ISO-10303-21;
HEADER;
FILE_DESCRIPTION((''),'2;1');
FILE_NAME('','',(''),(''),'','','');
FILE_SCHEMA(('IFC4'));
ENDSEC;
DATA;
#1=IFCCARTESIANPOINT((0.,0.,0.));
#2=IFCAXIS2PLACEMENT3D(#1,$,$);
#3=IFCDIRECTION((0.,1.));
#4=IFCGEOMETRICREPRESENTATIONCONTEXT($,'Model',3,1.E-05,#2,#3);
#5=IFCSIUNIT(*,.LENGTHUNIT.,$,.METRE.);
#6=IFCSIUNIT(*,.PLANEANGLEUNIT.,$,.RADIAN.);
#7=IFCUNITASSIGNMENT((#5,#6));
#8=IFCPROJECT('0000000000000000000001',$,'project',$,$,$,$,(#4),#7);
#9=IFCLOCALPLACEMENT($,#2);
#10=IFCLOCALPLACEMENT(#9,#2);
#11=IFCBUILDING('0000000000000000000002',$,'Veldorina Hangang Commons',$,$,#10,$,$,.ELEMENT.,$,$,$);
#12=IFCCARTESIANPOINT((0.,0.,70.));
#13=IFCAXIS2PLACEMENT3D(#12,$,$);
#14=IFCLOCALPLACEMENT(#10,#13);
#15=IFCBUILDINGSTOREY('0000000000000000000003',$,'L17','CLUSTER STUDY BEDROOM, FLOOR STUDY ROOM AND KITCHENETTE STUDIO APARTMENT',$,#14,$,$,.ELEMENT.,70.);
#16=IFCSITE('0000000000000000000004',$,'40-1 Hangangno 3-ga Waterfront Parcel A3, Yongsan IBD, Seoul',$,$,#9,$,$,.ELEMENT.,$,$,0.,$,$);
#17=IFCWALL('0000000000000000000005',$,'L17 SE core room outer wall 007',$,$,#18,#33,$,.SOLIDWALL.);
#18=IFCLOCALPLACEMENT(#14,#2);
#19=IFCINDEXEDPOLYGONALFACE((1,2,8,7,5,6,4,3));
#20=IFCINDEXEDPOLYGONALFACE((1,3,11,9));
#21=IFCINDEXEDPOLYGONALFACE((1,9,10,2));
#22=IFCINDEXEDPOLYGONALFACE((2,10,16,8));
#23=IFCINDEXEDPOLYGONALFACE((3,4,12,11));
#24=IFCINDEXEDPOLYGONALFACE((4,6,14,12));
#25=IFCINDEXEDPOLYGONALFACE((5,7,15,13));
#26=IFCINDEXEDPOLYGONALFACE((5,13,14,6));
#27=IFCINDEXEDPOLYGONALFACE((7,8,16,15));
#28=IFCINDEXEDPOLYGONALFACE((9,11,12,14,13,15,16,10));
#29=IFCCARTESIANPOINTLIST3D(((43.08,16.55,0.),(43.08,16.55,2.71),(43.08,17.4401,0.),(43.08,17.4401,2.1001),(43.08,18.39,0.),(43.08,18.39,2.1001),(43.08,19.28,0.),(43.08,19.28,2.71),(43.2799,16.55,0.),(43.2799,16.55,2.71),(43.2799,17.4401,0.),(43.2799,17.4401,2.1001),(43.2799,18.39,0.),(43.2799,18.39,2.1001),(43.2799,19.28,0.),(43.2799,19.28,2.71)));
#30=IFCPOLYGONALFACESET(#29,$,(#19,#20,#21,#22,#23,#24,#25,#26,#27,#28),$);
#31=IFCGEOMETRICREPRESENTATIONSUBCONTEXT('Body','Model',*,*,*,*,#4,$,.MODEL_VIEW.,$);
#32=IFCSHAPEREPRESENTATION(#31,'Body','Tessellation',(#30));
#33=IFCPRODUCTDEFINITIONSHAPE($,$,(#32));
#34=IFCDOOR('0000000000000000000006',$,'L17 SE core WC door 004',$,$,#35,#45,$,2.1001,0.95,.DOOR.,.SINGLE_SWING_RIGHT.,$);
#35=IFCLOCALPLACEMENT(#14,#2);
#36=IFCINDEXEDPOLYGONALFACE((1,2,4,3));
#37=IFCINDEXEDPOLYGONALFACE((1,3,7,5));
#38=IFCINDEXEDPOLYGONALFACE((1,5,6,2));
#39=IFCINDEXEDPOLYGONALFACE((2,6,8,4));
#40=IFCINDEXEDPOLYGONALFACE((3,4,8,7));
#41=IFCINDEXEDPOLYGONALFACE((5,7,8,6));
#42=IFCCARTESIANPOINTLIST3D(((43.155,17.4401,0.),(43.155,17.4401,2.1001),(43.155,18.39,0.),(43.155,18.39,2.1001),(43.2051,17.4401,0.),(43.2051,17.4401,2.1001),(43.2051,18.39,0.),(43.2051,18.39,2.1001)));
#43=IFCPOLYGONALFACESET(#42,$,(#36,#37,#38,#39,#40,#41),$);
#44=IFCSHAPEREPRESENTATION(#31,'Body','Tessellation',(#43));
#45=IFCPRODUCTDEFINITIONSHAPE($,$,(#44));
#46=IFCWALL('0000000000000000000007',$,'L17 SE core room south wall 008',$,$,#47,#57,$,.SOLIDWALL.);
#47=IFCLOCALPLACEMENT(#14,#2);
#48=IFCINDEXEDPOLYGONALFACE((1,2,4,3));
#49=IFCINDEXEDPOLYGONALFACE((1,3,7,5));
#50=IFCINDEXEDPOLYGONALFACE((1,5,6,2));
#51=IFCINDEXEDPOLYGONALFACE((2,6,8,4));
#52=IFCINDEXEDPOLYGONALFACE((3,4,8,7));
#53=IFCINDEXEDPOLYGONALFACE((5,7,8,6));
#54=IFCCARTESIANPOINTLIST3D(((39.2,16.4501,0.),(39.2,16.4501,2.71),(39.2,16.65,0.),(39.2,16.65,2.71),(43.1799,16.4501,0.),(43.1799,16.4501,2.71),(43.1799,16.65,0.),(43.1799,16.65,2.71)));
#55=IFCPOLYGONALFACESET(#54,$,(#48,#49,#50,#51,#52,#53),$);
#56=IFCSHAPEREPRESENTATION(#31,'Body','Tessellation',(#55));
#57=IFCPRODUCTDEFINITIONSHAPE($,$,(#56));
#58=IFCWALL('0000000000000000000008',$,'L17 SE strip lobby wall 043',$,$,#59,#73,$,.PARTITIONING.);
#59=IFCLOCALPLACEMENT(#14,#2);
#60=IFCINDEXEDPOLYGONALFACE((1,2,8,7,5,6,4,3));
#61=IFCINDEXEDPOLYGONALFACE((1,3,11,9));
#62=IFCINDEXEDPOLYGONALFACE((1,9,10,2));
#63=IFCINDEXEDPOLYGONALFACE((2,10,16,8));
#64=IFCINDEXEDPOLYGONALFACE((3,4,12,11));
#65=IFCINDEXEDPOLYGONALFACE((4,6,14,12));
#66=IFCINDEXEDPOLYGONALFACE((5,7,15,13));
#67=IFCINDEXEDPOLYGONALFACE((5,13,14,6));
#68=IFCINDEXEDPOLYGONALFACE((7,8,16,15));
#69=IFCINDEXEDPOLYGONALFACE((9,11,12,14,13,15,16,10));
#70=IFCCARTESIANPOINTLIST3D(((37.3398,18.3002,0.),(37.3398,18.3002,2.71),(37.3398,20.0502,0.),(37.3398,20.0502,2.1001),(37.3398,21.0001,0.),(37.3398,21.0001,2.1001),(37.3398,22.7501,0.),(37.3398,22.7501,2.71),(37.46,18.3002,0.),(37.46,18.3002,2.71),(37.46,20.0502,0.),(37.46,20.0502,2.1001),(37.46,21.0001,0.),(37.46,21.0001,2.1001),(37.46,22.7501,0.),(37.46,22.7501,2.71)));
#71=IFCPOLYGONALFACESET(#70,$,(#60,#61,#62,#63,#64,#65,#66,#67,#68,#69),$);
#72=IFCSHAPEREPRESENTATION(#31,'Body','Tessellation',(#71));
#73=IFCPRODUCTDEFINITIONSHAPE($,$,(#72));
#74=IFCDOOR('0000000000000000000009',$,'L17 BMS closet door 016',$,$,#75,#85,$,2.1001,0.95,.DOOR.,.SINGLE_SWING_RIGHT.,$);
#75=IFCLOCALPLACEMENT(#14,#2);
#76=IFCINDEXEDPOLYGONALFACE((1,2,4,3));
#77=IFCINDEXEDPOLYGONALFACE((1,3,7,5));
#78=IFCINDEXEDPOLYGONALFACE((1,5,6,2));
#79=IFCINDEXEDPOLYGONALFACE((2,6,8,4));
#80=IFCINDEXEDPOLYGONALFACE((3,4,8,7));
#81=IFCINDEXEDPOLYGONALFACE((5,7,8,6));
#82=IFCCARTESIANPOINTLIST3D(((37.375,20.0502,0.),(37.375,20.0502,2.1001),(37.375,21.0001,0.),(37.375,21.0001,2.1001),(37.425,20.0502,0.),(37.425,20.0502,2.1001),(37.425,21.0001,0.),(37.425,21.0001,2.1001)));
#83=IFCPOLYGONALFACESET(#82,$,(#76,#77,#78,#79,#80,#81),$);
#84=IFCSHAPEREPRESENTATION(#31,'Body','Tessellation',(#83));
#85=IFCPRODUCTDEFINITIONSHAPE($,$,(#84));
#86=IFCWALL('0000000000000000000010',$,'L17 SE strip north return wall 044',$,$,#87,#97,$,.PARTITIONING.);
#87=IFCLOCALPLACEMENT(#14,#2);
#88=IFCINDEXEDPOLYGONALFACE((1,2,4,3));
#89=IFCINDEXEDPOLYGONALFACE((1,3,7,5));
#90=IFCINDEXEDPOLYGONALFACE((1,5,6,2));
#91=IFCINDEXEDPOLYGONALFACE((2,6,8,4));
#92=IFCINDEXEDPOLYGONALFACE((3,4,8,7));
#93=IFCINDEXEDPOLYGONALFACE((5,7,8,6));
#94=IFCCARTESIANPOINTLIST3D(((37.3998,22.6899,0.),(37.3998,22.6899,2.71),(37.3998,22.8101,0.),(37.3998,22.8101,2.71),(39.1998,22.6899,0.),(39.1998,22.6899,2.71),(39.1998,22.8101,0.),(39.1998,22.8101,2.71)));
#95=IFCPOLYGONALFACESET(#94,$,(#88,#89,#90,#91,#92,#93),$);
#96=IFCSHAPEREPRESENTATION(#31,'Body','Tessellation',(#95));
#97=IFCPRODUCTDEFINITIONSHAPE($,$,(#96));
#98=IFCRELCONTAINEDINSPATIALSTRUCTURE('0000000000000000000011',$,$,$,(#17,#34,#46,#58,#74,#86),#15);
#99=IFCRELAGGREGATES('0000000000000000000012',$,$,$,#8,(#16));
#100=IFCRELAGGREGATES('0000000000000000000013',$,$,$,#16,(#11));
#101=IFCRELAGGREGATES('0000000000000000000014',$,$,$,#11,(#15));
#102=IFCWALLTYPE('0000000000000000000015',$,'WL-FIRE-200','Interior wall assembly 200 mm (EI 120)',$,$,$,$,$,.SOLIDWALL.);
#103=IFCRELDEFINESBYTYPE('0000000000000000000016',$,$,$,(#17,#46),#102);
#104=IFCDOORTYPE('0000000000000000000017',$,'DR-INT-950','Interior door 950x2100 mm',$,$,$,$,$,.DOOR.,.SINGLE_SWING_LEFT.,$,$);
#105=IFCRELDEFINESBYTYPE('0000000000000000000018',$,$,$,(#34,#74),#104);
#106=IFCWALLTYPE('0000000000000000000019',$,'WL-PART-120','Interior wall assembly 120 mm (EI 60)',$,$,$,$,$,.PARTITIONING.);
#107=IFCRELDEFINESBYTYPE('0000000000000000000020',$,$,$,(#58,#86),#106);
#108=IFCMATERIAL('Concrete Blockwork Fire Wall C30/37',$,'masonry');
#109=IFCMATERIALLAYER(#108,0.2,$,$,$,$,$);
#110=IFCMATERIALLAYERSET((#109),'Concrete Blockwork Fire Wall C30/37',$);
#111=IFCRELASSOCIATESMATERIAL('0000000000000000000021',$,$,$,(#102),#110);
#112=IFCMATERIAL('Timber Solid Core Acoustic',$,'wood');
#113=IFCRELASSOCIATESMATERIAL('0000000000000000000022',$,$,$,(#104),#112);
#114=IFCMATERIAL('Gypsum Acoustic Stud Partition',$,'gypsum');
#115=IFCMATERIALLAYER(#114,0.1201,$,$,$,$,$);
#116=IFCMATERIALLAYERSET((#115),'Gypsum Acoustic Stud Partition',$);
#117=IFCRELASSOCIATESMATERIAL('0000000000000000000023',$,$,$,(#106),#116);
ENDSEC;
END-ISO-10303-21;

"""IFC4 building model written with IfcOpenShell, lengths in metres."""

from ifc_helpers import new_model, si_unit, direction, frame, frame_2d, origin, place, context, subcontext, project, spatial, rectangle, extrude, material, layer, layer_set, type_object, element, fill, save


model = new_model("IFC4")

# Units and contexts
model_context = context("Model", 3, precision=1e-05, world=origin(), true_north=direction((0.0, 1.0)))
body_context = subcontext(model_context, "Body", "Model", "MODEL_VIEW")
ifc_project = project(units=[si_unit("LENGTHUNIT", "METRE"), si_unit("PLANEANGLEUNIT", "RADIAN")], contexts=[model_context])

# Site, building, storey
site_placement = place(None, origin())
site = spatial("IfcSite", under=ifc_project, at=site_placement, Name="40-1 Hangangno 3-ga Waterfront Parcel A3, Yongsan IBD, Seoul", CompositionType="ELEMENT", RefElevation=0.0)
building_placement = place(site_placement, origin())
building = spatial("IfcBuilding", under=site, at=building_placement, Name="Veldorina Hangang Commons", CompositionType="ELEMENT")
storey_placement = place(building_placement, frame((0.0, 0.0, 70.0)))
storey = spatial("IfcBuildingStorey", under=building, at=storey_placement, Name="L17", Description="CLUSTER STUDY BEDROOM, FLOOR STUDY ROOM AND KITCHENETTE STUDIO APARTMENT", CompositionType="ELEMENT", Elevation=70.0)

# Wall, opening, door
ifc_material_1 = material(Name="Concrete Blockwork Fire Wall C30/37", Category="masonry")
ifc_layer_1 = layer(ifc_material_1, 0.2)
ifc_layer_set_1 = layer_set([ifc_layer_1], Name="Concrete Blockwork Fire Wall C30/37")
wall_type_1 = type_object("IfcWallType", Name="WL-FIRE-200", Description="Interior wall assembly 200 mm (EI 120)", PredefinedType="SOLIDWALL", material=ifc_layer_set_1)
wall_1_placement = place(storey_placement, frame((43.1799, 16.55, 0.0), z_axis=(0.0, 0.0, 1.0), x_axis=(0.0, 1.0, 0.0)))
wall_1 = element("IfcWall", 1, at=wall_1_placement, inside=storey, type_object=wall_type_1, Name="L17 SE core room outer wall 007", PredefinedType="SOLIDWALL", context=body_context, shape_type="SweptSolid", body=[
    extrude(rectangle(XDim=2.73, YDim=0.2, at=frame_2d((1.365, 0.0))), origin(), (0.0, 0.0, 1.0), 2.71),
])
opening_1_placement = place(wall_1_placement, frame((0.8899, 0.0, 0.0)))
opening_1 = element("IfcOpeningElement", 2, at=opening_1_placement, cuts=wall_1, PredefinedType="OPENING", context=body_context, shape_type="SweptSolid", body=[
    extrude(rectangle(XDim=0.95, YDim=2.1001, at=frame_2d((0.4751, 1.05))), frame((0.0, 0.1099, 0.0), z_axis=(0.0, -1.0, 0.0), x_axis=(1.0, 0.0, 0.0)), (0.0, 0.0, 1.0), 0.22),
])
ifc_material_2 = material(Name="Timber Solid Core Acoustic", Category="wood")
door_type_1 = type_object("IfcDoorType", Name="DR-INT-950", Description="Interior door 950x2100 mm", OperationType="SINGLE_SWING_LEFT", PredefinedType="DOOR", material=ifc_material_2)
door_1_placement = place(opening_1_placement, origin())
door_1 = element("IfcDoor", 3, at=door_1_placement, inside=storey, type_object=door_type_1, Name="L17 SE core WC door 004", OperationType="SINGLE_SWING_RIGHT", OverallHeight=2.1001, OverallWidth=0.95, PredefinedType="DOOR", context=body_context, shape_type="SweptSolid", body=[
    extrude(rectangle(XDim=0.95, YDim=2.1001, at=frame_2d((0.4751, 1.05))), frame((0.0, 0.0249, 0.0), z_axis=(0.0, -1.0, 0.0), x_axis=(1.0, 0.0, 0.0)), (0.0, 0.0, 1.0), 0.05),
])
fill(opening_1, door_1)

# Wall
wall_2_placement = place(storey_placement, frame((39.2, 16.55, 0.0), z_axis=(0.0, 0.0, 1.0), x_axis=(1.0, 0.0, 0.0)))
element("IfcWall", 4, at=wall_2_placement, inside=storey, type_object=wall_type_1, Name="L17 SE core room south wall 008", PredefinedType="SOLIDWALL", context=body_context, shape_type="SweptSolid", body=[
    extrude(rectangle(XDim=3.98, YDim=0.2, at=frame_2d((1.99, 0.0))), origin(), (0.0, 0.0, 1.0), 2.71),
])

# Wall, opening, door
ifc_material_3 = material(Name="Gypsum Acoustic Stud Partition", Category="gypsum")
ifc_layer_2 = layer(ifc_material_3, 0.1201)
ifc_layer_set_2 = layer_set([ifc_layer_2], Name="Gypsum Acoustic Stud Partition")
wall_type_2 = type_object("IfcWallType", Name="WL-PART-120", Description="Interior wall assembly 120 mm (EI 60)", PredefinedType="PARTITIONING", material=ifc_layer_set_2)
wall_3_placement = place(storey_placement, frame((37.3999, 18.3, 0.0), z_axis=(0.0, 0.0, 1.0), x_axis=(0.0, 1.0, 0.0)))
wall_3 = element("IfcWall", 5, at=wall_3_placement, inside=storey, type_object=wall_type_2, Name="L17 SE strip lobby wall 043", PredefinedType="PARTITIONING", context=body_context, shape_type="SweptSolid", body=[
    extrude(rectangle(XDim=4.45, YDim=0.1201, at=frame_2d((2.2251, 0.0))), origin(), (0.0, 0.0, 1.0), 2.71),
])
opening_2_placement = place(wall_3_placement, frame((1.75, 0.0, 0.0)))
opening_2 = element("IfcOpeningElement", 6, at=opening_2_placement, cuts=wall_3, PredefinedType="OPENING", context=body_context, shape_type="SweptSolid", body=[
    extrude(rectangle(XDim=0.95, YDim=2.1001, at=frame_2d((0.4751, 1.05))), frame((0.0, 0.0701, 0.0), z_axis=(0.0, -1.0, 0.0), x_axis=(1.0, 0.0, 0.0)), (0.0, 0.0, 1.0), 0.1401),
])
door_2_placement = place(opening_2_placement, origin())
door_2 = element("IfcDoor", 7, at=door_2_placement, inside=storey, type_object=door_type_1, Name="L17 BMS closet door 016", OperationType="SINGLE_SWING_RIGHT", OverallHeight=2.1001, OverallWidth=0.95, PredefinedType="DOOR", context=body_context, shape_type="SweptSolid", body=[
    extrude(rectangle(XDim=0.95, YDim=2.1001, at=frame_2d((0.4751, 1.05))), frame((0.0, 0.0249, 0.0), z_axis=(0.0, -1.0, 0.0), x_axis=(1.0, 0.0, 0.0)), (0.0, 0.0, 1.0), 0.05),
])
fill(opening_2, door_2)

# Wall
wall_4_placement = place(storey_placement, frame((37.3999, 22.75, 0.0), z_axis=(0.0, 0.0, 1.0), x_axis=(1.0, 0.0, 0.0)))
element("IfcWall", 8, at=wall_4_placement, inside=storey, type_object=wall_type_2, Name="L17 SE strip north return wall 044", PredefinedType="PARTITIONING", context=body_context, shape_type="SweptSolid", body=[
    extrude(rectangle(XDim=1.8, YDim=0.1201, at=frame_2d((0.8999, 0.0))), origin(), (0.0, 0.0, 1.0), 2.71),
])

save(model, "model.ifc")
